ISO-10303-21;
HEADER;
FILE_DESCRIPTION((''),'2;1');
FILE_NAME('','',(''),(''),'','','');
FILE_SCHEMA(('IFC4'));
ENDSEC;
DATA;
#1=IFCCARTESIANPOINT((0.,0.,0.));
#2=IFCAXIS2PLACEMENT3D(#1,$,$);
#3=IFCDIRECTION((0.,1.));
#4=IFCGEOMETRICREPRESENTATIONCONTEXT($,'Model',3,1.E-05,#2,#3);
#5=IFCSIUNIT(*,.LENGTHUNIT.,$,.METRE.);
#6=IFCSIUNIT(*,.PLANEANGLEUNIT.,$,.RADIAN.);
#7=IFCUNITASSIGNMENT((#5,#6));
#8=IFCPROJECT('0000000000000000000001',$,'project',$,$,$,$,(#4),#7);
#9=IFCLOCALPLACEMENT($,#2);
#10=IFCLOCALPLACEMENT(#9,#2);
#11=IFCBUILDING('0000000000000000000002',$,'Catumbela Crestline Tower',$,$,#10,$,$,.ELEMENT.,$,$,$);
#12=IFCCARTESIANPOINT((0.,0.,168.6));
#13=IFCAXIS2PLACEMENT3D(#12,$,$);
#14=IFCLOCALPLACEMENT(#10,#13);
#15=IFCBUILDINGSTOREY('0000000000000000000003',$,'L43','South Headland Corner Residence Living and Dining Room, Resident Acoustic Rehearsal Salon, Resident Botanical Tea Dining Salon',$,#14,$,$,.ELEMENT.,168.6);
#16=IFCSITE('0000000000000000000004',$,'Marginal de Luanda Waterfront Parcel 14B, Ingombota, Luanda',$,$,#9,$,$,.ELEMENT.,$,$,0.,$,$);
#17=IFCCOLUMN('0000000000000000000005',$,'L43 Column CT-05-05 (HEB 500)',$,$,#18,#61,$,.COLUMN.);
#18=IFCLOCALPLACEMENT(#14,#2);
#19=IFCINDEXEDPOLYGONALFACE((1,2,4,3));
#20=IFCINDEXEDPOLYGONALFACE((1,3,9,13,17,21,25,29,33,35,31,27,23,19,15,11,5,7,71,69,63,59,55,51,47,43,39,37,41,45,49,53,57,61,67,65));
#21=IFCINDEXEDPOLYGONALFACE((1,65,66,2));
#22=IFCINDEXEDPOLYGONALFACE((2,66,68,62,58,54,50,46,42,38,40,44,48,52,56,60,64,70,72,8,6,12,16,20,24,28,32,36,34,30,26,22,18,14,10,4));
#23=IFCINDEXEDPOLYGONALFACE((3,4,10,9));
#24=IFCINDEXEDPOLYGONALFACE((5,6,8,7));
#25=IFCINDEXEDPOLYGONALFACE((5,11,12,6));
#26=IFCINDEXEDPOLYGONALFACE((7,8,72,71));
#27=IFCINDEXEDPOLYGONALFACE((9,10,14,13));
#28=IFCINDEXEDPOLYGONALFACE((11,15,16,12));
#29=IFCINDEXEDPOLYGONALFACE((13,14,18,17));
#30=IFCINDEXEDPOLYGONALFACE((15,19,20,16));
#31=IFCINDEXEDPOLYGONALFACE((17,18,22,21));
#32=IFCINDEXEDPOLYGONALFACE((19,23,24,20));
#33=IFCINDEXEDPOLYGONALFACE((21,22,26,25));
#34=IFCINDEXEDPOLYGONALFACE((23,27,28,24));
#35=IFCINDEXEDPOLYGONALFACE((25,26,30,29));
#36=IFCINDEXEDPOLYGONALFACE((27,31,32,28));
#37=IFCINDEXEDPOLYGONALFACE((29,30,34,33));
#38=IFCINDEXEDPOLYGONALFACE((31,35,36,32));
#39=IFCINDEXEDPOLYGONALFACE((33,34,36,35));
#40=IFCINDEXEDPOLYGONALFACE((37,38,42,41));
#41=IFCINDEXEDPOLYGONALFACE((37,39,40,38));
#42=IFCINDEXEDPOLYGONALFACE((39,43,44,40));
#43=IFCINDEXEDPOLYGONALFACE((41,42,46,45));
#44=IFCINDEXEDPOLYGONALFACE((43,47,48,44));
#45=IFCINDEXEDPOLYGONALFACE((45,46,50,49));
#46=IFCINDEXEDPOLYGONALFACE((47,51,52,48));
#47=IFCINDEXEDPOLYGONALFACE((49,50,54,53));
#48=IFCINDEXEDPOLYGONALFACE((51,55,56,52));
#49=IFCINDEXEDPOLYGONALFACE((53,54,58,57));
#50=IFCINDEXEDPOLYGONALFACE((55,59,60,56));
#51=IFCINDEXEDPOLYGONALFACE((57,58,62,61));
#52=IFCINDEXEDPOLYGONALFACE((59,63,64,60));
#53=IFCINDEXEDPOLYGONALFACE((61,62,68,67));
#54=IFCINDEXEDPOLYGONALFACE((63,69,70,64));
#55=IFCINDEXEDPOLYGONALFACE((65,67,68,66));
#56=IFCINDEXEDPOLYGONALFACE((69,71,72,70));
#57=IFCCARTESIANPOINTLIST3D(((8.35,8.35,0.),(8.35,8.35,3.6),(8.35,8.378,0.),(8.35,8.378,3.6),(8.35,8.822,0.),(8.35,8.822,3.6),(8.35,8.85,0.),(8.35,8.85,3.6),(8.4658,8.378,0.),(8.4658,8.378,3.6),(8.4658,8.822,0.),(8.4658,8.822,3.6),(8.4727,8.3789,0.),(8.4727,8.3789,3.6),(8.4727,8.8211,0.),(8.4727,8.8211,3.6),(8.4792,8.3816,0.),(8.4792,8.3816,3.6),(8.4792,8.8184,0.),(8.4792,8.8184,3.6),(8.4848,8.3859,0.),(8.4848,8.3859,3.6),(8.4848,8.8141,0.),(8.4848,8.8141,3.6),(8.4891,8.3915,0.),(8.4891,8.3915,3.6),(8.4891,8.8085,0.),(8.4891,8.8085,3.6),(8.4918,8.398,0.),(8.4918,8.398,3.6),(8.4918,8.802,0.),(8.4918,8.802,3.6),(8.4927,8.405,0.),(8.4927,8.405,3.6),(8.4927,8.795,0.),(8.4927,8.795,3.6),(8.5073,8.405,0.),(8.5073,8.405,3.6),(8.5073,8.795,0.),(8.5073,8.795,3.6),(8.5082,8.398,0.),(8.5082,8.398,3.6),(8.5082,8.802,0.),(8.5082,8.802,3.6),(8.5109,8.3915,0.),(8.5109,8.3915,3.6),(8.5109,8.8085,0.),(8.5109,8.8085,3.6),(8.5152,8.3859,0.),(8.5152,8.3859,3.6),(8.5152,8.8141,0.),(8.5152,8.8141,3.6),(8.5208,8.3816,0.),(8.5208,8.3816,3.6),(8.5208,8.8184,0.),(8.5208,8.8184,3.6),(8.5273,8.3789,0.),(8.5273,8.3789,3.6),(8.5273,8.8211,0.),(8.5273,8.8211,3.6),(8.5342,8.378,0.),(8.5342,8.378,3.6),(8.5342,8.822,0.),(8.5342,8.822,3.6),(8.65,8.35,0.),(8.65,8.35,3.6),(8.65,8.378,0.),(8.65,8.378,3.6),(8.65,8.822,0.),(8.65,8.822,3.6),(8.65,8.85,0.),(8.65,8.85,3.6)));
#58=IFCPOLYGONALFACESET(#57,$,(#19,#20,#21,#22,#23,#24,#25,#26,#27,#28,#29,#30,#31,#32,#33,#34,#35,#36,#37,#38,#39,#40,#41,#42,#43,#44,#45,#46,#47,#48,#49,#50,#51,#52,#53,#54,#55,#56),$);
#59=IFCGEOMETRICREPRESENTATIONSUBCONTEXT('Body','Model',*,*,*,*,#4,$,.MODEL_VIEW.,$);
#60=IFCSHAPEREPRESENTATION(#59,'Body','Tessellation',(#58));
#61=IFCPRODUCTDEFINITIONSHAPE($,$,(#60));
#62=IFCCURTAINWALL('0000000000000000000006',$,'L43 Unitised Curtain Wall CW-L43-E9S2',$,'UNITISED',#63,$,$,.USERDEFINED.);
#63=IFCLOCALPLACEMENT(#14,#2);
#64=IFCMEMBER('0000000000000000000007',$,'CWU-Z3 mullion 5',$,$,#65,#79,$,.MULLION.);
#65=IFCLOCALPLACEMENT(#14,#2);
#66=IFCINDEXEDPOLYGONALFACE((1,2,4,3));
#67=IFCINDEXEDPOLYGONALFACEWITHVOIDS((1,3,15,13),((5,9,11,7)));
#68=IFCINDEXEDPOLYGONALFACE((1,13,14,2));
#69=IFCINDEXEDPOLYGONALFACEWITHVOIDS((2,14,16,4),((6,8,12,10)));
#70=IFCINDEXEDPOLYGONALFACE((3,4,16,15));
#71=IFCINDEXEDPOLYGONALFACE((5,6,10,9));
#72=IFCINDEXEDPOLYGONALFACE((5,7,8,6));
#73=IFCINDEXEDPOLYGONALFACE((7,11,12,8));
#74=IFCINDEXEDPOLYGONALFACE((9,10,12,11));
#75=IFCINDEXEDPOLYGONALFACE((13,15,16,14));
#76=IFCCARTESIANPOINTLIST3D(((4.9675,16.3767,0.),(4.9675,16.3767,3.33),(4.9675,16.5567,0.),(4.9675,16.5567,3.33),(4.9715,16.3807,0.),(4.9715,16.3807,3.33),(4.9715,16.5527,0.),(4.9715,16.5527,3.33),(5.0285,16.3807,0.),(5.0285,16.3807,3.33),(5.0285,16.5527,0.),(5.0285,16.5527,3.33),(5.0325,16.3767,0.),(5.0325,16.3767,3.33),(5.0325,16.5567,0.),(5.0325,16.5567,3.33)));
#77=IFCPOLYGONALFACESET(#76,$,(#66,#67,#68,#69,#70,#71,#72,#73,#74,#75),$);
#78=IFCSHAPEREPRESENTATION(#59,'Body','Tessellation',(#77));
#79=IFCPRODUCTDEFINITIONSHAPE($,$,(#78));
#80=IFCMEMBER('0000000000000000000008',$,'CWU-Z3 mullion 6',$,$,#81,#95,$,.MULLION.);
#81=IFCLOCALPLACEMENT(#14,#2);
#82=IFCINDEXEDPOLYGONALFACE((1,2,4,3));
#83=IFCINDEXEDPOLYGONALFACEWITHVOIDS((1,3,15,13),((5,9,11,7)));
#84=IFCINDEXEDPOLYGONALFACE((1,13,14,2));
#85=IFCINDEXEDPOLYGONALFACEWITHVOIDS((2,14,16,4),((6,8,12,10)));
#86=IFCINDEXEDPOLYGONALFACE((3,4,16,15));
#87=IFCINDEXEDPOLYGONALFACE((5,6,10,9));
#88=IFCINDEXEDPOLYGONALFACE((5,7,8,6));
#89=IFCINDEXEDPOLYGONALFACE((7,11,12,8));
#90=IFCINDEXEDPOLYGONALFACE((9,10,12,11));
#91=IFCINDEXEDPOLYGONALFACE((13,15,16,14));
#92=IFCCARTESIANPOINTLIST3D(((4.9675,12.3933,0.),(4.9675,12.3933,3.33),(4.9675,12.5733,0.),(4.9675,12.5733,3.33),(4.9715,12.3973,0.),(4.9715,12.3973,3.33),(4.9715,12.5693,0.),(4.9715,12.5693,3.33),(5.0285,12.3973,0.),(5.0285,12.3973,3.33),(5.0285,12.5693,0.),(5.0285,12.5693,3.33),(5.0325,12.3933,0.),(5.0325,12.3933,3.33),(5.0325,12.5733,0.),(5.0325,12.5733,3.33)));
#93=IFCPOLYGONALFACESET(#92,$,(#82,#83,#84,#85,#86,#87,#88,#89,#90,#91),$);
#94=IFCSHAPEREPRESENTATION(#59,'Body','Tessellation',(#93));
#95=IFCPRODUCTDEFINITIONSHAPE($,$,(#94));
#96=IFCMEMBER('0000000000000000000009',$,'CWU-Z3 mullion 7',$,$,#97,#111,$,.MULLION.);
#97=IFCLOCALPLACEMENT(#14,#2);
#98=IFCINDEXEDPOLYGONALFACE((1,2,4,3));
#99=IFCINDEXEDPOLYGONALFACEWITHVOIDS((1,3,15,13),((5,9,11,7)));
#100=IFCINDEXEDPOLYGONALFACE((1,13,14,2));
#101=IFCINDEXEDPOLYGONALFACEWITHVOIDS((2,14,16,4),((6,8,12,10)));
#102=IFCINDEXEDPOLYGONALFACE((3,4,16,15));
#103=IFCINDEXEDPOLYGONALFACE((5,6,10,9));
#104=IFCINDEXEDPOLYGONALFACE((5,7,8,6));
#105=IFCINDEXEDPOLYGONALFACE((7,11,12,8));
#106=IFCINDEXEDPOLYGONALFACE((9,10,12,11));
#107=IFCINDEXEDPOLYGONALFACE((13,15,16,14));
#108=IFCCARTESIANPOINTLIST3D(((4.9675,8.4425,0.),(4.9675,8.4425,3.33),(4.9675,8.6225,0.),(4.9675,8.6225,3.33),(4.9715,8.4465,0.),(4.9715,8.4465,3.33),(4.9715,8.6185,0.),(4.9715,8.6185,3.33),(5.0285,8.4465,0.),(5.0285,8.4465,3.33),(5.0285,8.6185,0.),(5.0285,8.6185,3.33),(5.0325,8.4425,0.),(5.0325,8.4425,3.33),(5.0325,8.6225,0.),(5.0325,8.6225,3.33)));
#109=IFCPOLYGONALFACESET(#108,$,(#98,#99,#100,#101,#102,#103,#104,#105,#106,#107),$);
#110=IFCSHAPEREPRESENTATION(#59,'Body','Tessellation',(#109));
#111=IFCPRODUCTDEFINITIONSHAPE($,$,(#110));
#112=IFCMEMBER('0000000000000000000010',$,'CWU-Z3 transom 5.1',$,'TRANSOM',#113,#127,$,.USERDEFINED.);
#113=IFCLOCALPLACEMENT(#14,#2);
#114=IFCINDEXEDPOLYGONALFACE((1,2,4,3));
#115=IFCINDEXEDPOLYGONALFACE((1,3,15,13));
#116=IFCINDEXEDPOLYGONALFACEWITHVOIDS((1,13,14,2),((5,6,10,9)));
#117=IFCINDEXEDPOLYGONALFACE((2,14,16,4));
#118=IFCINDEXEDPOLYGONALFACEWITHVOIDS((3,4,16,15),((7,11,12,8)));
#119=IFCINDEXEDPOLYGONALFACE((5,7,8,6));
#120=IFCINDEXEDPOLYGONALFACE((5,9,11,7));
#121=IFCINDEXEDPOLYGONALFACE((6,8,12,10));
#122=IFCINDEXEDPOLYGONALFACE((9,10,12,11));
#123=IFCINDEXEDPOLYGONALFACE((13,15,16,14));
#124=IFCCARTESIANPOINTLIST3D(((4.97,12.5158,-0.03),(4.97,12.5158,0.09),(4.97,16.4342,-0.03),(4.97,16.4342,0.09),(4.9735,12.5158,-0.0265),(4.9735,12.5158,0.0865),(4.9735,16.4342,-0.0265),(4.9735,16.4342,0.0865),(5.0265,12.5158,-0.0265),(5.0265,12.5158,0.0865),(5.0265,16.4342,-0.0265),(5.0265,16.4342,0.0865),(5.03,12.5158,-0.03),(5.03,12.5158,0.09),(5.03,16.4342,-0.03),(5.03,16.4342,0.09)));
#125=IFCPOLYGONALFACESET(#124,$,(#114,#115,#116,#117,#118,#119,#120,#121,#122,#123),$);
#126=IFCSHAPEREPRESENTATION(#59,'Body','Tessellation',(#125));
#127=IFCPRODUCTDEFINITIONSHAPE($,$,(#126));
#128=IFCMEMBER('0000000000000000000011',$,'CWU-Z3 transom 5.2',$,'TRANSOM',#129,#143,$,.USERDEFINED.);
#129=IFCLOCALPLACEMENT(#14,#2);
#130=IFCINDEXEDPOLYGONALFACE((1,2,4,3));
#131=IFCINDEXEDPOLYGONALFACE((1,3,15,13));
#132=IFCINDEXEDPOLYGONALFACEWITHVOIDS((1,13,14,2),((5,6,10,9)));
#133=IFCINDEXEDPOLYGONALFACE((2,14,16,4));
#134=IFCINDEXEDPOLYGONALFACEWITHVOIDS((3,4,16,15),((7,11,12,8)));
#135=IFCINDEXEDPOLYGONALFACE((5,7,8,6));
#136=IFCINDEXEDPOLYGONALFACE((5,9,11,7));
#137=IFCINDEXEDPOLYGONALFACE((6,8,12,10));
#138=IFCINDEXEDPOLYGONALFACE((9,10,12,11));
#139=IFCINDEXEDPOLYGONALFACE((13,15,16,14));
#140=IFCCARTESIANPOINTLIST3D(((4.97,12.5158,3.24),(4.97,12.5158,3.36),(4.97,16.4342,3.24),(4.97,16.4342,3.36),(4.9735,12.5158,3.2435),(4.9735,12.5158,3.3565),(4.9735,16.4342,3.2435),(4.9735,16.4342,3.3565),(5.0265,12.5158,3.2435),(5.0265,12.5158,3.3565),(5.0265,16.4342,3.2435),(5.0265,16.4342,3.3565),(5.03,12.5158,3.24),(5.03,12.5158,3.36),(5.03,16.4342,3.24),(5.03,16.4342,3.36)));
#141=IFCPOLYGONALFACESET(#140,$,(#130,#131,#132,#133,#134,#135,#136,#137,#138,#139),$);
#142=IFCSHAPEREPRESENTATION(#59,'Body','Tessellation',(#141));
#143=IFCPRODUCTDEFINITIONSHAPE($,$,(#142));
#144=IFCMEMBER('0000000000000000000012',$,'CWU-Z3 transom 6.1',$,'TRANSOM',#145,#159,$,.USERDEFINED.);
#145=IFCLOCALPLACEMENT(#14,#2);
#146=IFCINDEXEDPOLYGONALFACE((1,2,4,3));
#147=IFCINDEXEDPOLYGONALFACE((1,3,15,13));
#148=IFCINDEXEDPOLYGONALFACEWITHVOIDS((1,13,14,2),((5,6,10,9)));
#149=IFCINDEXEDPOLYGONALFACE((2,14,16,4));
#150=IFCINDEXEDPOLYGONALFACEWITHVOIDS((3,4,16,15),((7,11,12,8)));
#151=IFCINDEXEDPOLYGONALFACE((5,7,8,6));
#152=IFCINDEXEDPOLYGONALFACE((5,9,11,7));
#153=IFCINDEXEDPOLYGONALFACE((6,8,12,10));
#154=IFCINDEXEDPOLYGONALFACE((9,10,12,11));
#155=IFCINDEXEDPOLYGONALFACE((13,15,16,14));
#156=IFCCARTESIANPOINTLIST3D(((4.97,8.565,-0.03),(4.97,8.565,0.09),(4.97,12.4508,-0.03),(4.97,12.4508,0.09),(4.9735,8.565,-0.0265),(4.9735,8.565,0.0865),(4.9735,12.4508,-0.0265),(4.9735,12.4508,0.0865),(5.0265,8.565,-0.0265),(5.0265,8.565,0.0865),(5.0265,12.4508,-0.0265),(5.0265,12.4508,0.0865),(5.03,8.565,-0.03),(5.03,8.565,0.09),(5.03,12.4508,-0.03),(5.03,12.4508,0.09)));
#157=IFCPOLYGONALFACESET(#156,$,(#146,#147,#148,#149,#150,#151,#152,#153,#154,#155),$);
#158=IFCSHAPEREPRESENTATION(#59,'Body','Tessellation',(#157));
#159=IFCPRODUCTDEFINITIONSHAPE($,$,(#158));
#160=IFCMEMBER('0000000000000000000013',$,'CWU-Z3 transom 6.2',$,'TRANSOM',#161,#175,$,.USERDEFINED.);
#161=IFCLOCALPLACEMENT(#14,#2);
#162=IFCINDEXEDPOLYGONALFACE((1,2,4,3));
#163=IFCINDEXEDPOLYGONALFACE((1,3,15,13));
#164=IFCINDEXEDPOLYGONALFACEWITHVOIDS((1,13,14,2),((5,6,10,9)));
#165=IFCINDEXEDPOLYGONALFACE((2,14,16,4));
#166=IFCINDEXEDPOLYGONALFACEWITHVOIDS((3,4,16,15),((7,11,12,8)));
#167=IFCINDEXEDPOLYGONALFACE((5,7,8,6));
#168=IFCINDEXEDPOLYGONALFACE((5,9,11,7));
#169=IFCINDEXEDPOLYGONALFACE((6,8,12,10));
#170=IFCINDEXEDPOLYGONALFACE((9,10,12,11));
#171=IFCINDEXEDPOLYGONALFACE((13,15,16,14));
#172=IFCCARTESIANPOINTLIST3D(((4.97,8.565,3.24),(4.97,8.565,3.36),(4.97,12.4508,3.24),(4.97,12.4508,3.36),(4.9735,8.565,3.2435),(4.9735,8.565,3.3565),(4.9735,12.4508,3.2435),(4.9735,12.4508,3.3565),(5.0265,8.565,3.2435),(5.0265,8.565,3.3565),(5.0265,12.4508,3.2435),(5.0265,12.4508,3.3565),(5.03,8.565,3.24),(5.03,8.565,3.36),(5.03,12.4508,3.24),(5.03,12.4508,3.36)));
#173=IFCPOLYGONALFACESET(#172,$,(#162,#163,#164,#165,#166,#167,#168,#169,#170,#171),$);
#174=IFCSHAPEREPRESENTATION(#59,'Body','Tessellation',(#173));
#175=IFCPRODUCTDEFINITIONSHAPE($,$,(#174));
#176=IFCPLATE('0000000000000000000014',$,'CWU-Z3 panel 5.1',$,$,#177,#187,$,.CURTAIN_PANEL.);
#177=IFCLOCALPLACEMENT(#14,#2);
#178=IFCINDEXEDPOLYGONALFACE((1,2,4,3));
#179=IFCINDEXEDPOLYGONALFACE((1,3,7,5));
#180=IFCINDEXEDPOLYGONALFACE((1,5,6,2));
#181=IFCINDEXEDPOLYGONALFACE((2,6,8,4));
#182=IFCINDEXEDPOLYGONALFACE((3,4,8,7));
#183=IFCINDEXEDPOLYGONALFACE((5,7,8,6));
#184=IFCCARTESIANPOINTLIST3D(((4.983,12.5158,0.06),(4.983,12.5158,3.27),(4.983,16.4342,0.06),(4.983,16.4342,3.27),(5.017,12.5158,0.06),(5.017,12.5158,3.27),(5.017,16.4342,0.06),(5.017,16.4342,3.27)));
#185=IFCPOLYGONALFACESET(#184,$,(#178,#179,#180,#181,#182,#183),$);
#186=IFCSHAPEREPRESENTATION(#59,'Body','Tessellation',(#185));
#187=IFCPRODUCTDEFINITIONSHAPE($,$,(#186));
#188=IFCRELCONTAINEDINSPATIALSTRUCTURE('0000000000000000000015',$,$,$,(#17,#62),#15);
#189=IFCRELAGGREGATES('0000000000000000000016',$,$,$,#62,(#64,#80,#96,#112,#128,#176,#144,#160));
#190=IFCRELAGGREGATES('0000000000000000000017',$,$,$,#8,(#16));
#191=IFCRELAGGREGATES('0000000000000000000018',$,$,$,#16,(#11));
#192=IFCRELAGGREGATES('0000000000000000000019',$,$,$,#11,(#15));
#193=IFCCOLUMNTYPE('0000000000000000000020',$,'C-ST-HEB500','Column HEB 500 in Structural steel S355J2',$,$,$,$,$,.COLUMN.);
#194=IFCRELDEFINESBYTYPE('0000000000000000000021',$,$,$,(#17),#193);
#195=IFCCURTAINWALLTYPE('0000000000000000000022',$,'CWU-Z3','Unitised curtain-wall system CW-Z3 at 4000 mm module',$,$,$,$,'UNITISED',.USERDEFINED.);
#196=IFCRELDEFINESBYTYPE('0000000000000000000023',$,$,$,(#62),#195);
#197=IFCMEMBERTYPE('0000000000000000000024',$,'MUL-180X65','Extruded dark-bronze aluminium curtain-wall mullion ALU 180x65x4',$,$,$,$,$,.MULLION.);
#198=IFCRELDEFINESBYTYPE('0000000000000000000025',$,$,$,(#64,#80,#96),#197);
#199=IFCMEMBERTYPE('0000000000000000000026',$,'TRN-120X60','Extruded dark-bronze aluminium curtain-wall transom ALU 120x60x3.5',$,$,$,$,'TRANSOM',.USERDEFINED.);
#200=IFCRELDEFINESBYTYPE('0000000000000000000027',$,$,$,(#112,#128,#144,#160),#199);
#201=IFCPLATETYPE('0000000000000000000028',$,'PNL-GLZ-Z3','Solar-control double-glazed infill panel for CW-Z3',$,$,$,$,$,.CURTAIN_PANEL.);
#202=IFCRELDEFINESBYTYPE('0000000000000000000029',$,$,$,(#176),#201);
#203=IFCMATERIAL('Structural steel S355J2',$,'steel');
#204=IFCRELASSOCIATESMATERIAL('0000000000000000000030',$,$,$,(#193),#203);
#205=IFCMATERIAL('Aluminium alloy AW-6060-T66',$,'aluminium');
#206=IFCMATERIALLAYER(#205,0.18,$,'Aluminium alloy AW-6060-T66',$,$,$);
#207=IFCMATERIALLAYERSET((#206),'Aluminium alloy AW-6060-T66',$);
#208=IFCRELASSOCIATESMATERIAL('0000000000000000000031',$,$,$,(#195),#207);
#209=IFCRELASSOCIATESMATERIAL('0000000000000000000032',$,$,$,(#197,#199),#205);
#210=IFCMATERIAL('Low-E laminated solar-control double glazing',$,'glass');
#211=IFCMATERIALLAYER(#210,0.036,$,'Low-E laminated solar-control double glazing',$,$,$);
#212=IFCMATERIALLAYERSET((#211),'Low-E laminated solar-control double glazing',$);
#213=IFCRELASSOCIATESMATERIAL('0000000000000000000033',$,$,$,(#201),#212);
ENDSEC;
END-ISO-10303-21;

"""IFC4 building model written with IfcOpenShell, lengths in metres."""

from ifc_helpers import new_model, si_unit, direction, frame, origin, origin_2d, place, context, subcontext, project, spatial, rectangle, hollow_rectangle, i_section, extrude, material, layer, layer_set, material_profile, profile_set, type_object, element, aggregate, save


model = new_model("IFC4")

# Units and contexts
model_context = context("Model", 3, precision=1e-05, world=origin(), true_north=direction((0.0, 1.0)))
body_context = subcontext(model_context, "Body", "Model", "MODEL_VIEW")
ifc_project = project(units=[si_unit("LENGTHUNIT", "METRE"), si_unit("PLANEANGLEUNIT", "RADIAN")], contexts=[model_context])

# Site, building, storey
site_placement = place(None, origin())
site = spatial("IfcSite", under=ifc_project, at=site_placement, Name="Marginal de Luanda Waterfront Parcel 14B, Ingombota, Luanda", CompositionType="ELEMENT", RefElevation=0.0)
building_placement = place(site_placement, origin())
building = spatial("IfcBuilding", under=site, at=building_placement, Name="Catumbela Crestline Tower", CompositionType="ELEMENT")
storey_placement = place(building_placement, frame((0.0, 0.0, 168.6)))
storey = spatial("IfcBuildingStorey", under=building, at=storey_placement, Name="L43", Description="South Headland Corner Residence Living and Dining Room, Resident Acoustic Rehearsal Salon, Resident Botanical Tea Dining Salon", CompositionType="ELEMENT", Elevation=168.6)

# Column
ifc_material_1 = material(Name="Structural steel S355J2", Category="steel")
ifc_material_profile_1 = material_profile(ifc_material_1, i_section(OverallWidth=0.3, OverallDepth=0.5, WebThickness=0.0145, FlangeThickness=0.028, FilletRadius=0.027, at=origin_2d()), Name="HEB 500")
ifc_profile_set_1 = profile_set([ifc_material_profile_1], Name="Structural steel S355J2")
column_type = type_object("IfcColumnType", Name="C-ST-HEB500", Description="Column HEB 500 in Structural steel S355J2", PredefinedType="COLUMN", material=ifc_profile_set_1)
column_placement = place(storey_placement, frame((8.5, 8.6, 0.0), z_axis=(0.0, 0.0, 1.0), x_axis=(1.0, 0.0, 0.0)))
element("IfcColumn", 1, at=column_placement, inside=storey, type_object=column_type, Name="L43 Column CT-05-05 (HEB 500)", PredefinedType="COLUMN", context=body_context, shape_type="SweptSolid", body=[
    extrude(i_section(OverallWidth=0.3, OverallDepth=0.5, WebThickness=0.0145, FlangeThickness=0.028, FilletRadius=0.027, at=origin_2d()), origin(), (0.0, 0.0, 1.0), 3.6),
])

# Curtain wall, members, plate
ifc_material_2 = material(Name="Aluminium alloy AW-6060-T66", Category="aluminium")
ifc_layer_1 = layer(ifc_material_2, 0.18, Name="Aluminium alloy AW-6060-T66")
ifc_layer_set_1 = layer_set([ifc_layer_1], Name="Aluminium alloy AW-6060-T66")
curtain_wall_type = type_object("IfcCurtainWallType", Name="CWU-Z3", Description="Unitised curtain-wall system CW-Z3 at 4000 mm module", ElementType="UNITISED", PredefinedType="USERDEFINED", material=ifc_layer_set_1)
curtain_wall_placement = place(storey_placement, origin())
curtain_wall = element("IfcCurtainWall", 2, at=curtain_wall_placement, inside=storey, type_object=curtain_wall_type, Name="L43 Unitised Curtain Wall CW-L43-E9S2", ObjectType="UNITISED", PredefinedType="USERDEFINED")
ifc_material_profile_2 = material_profile(ifc_material_2, hollow_rectangle(XDim=0.065, YDim=0.18, WallThickness=0.004, at=origin_2d()), Name="ALU 180x65x4")
ifc_profile_set_2 = profile_set([ifc_material_profile_2], Name="Aluminium alloy AW-6060-T66")
member_type_1 = type_object("IfcMemberType", Name="MUL-180X65", Description="Extruded dark-bronze aluminium curtain-wall mullion ALU 180x65x4", PredefinedType="MULLION", material=ifc_profile_set_2)
member_1_placement = place(storey_placement, frame((5.0, 16.4667, 0.0), z_axis=(0.0, 0.0, 1.0), x_axis=(1.0, 0.0, 0.0)))
member_1 = element("IfcMember", 3, at=member_1_placement, type_object=member_type_1, Name="CWU-Z3 mullion 5", PredefinedType="MULLION", context=body_context, shape_type="SweptSolid", body=[
    extrude(hollow_rectangle(XDim=0.065, YDim=0.18, WallThickness=0.004, at=origin_2d()), origin(), (0.0, 0.0, 1.0), 3.33),
])
member_2_placement = place(storey_placement, frame((5.0, 12.4833, 0.0), z_axis=(0.0, 0.0, 1.0), x_axis=(1.0, 0.0, 0.0)))
member_2 = element("IfcMember", 4, at=member_2_placement, type_object=member_type_1, Name="CWU-Z3 mullion 6", PredefinedType="MULLION", context=body_context, shape_type="SweptSolid", body=[
    extrude(hollow_rectangle(XDim=0.065, YDim=0.18, WallThickness=0.004, at=origin_2d()), origin(), (0.0, 0.0, 1.0), 3.33),
])
member_3_placement = place(storey_placement, frame((5.0, 8.5325, 0.0), z_axis=(0.0, 0.0, 1.0), x_axis=(1.0, 0.0, 0.0)))
member_3 = element("IfcMember", 5, at=member_3_placement, type_object=member_type_1, Name="CWU-Z3 mullion 7", PredefinedType="MULLION", context=body_context, shape_type="SweptSolid", body=[
    extrude(hollow_rectangle(XDim=0.065, YDim=0.18, WallThickness=0.004, at=origin_2d()), origin(), (0.0, 0.0, 1.0), 3.33),
])
ifc_material_profile_3 = material_profile(ifc_material_2, hollow_rectangle(XDim=0.06, YDim=0.12, WallThickness=0.0035, at=origin_2d()), Name="ALU 120x60x3.5")
ifc_profile_set_3 = profile_set([ifc_material_profile_3], Name="Aluminium alloy AW-6060-T66")
member_type_2 = type_object("IfcMemberType", Name="TRN-120X60", Description="Extruded dark-bronze aluminium curtain-wall transom ALU 120x60x3.5", ElementType="TRANSOM", PredefinedType="USERDEFINED", material=ifc_profile_set_3)
member_4_placement = place(storey_placement, frame((5.0, 16.4342, 0.03), z_axis=(0.0, -1.0, 0.0), x_axis=(1.0, 0.0, 0.0)))
member_4 = element("IfcMember", 6, at=member_4_placement, type_object=member_type_2, Name="CWU-Z3 transom 5.1", ObjectType="TRANSOM", PredefinedType="USERDEFINED", context=body_context, shape_type="SweptSolid", body=[
    extrude(hollow_rectangle(XDim=0.06, YDim=0.12, WallThickness=0.0035, at=origin_2d()), origin(), (0.0, 0.0, 1.0), 3.9184),
])
member_5_placement = place(storey_placement, frame((5.0, 16.4342, 3.3), z_axis=(0.0, -1.0, 0.0), x_axis=(1.0, 0.0, 0.0)))
member_5 = element("IfcMember", 7, at=member_5_placement, type_object=member_type_2, Name="CWU-Z3 transom 5.2", ObjectType="TRANSOM", PredefinedType="USERDEFINED", context=body_context, shape_type="SweptSolid", body=[
    extrude(hollow_rectangle(XDim=0.06, YDim=0.12, WallThickness=0.0035, at=origin_2d()), origin(), (0.0, 0.0, 1.0), 3.9184),
])
member_6_placement = place(storey_placement, frame((5.0, 12.4508, 0.03), z_axis=(0.0, -1.0, 0.0), x_axis=(1.0, 0.0, 0.0)))
member_6 = element("IfcMember", 8, at=member_6_placement, type_object=member_type_2, Name="CWU-Z3 transom 6.1", ObjectType="TRANSOM", PredefinedType="USERDEFINED", context=body_context, shape_type="SweptSolid", body=[
    extrude(hollow_rectangle(XDim=0.06, YDim=0.12, WallThickness=0.0035, at=origin_2d()), origin(), (0.0, 0.0, 1.0), 3.8858),
])
member_7_placement = place(storey_placement, frame((5.0, 12.4508, 3.3), z_axis=(0.0, -1.0, 0.0), x_axis=(1.0, 0.0, 0.0)))
member_7 = element("IfcMember", 9, at=member_7_placement, type_object=member_type_2, Name="CWU-Z3 transom 6.2", ObjectType="TRANSOM", PredefinedType="USERDEFINED", context=body_context, shape_type="SweptSolid", body=[
    extrude(hollow_rectangle(XDim=0.06, YDim=0.12, WallThickness=0.0035, at=origin_2d()), origin(), (0.0, 0.0, 1.0), 3.8858),
])
ifc_material_3 = material(Name="Low-E laminated solar-control double glazing", Category="glass")
ifc_layer_2 = layer(ifc_material_3, 0.036, Name="Low-E laminated solar-control double glazing")
ifc_layer_set_2 = layer_set([ifc_layer_2], Name="Low-E laminated solar-control double glazing")
plate_type = type_object("IfcPlateType", Name="PNL-GLZ-Z3", Description="Solar-control double-glazed infill panel for CW-Z3", PredefinedType="CURTAIN_PANEL", material=ifc_layer_set_2)
plate_1_placement = place(storey_placement, frame((5.0, 14.475, 0.06), z_axis=(0.0, 0.0, 1.0), x_axis=(0.0, -1.0, 0.0)))
plate_1 = element("IfcPlate", 10, at=plate_1_placement, type_object=plate_type, Name="CWU-Z3 panel 5.1", PredefinedType="CURTAIN_PANEL", context=body_context, shape_type="SweptSolid", body=[
    extrude(rectangle(XDim=3.9183, YDim=0.034, at=origin_2d()), origin(), (0.0, 0.0, 1.0), 3.21),
])
aggregate(curtain_wall, [member_1, member_2, member_3, member_4, member_5, plate_1, member_6, member_7])

save(model, "model.ifc")
